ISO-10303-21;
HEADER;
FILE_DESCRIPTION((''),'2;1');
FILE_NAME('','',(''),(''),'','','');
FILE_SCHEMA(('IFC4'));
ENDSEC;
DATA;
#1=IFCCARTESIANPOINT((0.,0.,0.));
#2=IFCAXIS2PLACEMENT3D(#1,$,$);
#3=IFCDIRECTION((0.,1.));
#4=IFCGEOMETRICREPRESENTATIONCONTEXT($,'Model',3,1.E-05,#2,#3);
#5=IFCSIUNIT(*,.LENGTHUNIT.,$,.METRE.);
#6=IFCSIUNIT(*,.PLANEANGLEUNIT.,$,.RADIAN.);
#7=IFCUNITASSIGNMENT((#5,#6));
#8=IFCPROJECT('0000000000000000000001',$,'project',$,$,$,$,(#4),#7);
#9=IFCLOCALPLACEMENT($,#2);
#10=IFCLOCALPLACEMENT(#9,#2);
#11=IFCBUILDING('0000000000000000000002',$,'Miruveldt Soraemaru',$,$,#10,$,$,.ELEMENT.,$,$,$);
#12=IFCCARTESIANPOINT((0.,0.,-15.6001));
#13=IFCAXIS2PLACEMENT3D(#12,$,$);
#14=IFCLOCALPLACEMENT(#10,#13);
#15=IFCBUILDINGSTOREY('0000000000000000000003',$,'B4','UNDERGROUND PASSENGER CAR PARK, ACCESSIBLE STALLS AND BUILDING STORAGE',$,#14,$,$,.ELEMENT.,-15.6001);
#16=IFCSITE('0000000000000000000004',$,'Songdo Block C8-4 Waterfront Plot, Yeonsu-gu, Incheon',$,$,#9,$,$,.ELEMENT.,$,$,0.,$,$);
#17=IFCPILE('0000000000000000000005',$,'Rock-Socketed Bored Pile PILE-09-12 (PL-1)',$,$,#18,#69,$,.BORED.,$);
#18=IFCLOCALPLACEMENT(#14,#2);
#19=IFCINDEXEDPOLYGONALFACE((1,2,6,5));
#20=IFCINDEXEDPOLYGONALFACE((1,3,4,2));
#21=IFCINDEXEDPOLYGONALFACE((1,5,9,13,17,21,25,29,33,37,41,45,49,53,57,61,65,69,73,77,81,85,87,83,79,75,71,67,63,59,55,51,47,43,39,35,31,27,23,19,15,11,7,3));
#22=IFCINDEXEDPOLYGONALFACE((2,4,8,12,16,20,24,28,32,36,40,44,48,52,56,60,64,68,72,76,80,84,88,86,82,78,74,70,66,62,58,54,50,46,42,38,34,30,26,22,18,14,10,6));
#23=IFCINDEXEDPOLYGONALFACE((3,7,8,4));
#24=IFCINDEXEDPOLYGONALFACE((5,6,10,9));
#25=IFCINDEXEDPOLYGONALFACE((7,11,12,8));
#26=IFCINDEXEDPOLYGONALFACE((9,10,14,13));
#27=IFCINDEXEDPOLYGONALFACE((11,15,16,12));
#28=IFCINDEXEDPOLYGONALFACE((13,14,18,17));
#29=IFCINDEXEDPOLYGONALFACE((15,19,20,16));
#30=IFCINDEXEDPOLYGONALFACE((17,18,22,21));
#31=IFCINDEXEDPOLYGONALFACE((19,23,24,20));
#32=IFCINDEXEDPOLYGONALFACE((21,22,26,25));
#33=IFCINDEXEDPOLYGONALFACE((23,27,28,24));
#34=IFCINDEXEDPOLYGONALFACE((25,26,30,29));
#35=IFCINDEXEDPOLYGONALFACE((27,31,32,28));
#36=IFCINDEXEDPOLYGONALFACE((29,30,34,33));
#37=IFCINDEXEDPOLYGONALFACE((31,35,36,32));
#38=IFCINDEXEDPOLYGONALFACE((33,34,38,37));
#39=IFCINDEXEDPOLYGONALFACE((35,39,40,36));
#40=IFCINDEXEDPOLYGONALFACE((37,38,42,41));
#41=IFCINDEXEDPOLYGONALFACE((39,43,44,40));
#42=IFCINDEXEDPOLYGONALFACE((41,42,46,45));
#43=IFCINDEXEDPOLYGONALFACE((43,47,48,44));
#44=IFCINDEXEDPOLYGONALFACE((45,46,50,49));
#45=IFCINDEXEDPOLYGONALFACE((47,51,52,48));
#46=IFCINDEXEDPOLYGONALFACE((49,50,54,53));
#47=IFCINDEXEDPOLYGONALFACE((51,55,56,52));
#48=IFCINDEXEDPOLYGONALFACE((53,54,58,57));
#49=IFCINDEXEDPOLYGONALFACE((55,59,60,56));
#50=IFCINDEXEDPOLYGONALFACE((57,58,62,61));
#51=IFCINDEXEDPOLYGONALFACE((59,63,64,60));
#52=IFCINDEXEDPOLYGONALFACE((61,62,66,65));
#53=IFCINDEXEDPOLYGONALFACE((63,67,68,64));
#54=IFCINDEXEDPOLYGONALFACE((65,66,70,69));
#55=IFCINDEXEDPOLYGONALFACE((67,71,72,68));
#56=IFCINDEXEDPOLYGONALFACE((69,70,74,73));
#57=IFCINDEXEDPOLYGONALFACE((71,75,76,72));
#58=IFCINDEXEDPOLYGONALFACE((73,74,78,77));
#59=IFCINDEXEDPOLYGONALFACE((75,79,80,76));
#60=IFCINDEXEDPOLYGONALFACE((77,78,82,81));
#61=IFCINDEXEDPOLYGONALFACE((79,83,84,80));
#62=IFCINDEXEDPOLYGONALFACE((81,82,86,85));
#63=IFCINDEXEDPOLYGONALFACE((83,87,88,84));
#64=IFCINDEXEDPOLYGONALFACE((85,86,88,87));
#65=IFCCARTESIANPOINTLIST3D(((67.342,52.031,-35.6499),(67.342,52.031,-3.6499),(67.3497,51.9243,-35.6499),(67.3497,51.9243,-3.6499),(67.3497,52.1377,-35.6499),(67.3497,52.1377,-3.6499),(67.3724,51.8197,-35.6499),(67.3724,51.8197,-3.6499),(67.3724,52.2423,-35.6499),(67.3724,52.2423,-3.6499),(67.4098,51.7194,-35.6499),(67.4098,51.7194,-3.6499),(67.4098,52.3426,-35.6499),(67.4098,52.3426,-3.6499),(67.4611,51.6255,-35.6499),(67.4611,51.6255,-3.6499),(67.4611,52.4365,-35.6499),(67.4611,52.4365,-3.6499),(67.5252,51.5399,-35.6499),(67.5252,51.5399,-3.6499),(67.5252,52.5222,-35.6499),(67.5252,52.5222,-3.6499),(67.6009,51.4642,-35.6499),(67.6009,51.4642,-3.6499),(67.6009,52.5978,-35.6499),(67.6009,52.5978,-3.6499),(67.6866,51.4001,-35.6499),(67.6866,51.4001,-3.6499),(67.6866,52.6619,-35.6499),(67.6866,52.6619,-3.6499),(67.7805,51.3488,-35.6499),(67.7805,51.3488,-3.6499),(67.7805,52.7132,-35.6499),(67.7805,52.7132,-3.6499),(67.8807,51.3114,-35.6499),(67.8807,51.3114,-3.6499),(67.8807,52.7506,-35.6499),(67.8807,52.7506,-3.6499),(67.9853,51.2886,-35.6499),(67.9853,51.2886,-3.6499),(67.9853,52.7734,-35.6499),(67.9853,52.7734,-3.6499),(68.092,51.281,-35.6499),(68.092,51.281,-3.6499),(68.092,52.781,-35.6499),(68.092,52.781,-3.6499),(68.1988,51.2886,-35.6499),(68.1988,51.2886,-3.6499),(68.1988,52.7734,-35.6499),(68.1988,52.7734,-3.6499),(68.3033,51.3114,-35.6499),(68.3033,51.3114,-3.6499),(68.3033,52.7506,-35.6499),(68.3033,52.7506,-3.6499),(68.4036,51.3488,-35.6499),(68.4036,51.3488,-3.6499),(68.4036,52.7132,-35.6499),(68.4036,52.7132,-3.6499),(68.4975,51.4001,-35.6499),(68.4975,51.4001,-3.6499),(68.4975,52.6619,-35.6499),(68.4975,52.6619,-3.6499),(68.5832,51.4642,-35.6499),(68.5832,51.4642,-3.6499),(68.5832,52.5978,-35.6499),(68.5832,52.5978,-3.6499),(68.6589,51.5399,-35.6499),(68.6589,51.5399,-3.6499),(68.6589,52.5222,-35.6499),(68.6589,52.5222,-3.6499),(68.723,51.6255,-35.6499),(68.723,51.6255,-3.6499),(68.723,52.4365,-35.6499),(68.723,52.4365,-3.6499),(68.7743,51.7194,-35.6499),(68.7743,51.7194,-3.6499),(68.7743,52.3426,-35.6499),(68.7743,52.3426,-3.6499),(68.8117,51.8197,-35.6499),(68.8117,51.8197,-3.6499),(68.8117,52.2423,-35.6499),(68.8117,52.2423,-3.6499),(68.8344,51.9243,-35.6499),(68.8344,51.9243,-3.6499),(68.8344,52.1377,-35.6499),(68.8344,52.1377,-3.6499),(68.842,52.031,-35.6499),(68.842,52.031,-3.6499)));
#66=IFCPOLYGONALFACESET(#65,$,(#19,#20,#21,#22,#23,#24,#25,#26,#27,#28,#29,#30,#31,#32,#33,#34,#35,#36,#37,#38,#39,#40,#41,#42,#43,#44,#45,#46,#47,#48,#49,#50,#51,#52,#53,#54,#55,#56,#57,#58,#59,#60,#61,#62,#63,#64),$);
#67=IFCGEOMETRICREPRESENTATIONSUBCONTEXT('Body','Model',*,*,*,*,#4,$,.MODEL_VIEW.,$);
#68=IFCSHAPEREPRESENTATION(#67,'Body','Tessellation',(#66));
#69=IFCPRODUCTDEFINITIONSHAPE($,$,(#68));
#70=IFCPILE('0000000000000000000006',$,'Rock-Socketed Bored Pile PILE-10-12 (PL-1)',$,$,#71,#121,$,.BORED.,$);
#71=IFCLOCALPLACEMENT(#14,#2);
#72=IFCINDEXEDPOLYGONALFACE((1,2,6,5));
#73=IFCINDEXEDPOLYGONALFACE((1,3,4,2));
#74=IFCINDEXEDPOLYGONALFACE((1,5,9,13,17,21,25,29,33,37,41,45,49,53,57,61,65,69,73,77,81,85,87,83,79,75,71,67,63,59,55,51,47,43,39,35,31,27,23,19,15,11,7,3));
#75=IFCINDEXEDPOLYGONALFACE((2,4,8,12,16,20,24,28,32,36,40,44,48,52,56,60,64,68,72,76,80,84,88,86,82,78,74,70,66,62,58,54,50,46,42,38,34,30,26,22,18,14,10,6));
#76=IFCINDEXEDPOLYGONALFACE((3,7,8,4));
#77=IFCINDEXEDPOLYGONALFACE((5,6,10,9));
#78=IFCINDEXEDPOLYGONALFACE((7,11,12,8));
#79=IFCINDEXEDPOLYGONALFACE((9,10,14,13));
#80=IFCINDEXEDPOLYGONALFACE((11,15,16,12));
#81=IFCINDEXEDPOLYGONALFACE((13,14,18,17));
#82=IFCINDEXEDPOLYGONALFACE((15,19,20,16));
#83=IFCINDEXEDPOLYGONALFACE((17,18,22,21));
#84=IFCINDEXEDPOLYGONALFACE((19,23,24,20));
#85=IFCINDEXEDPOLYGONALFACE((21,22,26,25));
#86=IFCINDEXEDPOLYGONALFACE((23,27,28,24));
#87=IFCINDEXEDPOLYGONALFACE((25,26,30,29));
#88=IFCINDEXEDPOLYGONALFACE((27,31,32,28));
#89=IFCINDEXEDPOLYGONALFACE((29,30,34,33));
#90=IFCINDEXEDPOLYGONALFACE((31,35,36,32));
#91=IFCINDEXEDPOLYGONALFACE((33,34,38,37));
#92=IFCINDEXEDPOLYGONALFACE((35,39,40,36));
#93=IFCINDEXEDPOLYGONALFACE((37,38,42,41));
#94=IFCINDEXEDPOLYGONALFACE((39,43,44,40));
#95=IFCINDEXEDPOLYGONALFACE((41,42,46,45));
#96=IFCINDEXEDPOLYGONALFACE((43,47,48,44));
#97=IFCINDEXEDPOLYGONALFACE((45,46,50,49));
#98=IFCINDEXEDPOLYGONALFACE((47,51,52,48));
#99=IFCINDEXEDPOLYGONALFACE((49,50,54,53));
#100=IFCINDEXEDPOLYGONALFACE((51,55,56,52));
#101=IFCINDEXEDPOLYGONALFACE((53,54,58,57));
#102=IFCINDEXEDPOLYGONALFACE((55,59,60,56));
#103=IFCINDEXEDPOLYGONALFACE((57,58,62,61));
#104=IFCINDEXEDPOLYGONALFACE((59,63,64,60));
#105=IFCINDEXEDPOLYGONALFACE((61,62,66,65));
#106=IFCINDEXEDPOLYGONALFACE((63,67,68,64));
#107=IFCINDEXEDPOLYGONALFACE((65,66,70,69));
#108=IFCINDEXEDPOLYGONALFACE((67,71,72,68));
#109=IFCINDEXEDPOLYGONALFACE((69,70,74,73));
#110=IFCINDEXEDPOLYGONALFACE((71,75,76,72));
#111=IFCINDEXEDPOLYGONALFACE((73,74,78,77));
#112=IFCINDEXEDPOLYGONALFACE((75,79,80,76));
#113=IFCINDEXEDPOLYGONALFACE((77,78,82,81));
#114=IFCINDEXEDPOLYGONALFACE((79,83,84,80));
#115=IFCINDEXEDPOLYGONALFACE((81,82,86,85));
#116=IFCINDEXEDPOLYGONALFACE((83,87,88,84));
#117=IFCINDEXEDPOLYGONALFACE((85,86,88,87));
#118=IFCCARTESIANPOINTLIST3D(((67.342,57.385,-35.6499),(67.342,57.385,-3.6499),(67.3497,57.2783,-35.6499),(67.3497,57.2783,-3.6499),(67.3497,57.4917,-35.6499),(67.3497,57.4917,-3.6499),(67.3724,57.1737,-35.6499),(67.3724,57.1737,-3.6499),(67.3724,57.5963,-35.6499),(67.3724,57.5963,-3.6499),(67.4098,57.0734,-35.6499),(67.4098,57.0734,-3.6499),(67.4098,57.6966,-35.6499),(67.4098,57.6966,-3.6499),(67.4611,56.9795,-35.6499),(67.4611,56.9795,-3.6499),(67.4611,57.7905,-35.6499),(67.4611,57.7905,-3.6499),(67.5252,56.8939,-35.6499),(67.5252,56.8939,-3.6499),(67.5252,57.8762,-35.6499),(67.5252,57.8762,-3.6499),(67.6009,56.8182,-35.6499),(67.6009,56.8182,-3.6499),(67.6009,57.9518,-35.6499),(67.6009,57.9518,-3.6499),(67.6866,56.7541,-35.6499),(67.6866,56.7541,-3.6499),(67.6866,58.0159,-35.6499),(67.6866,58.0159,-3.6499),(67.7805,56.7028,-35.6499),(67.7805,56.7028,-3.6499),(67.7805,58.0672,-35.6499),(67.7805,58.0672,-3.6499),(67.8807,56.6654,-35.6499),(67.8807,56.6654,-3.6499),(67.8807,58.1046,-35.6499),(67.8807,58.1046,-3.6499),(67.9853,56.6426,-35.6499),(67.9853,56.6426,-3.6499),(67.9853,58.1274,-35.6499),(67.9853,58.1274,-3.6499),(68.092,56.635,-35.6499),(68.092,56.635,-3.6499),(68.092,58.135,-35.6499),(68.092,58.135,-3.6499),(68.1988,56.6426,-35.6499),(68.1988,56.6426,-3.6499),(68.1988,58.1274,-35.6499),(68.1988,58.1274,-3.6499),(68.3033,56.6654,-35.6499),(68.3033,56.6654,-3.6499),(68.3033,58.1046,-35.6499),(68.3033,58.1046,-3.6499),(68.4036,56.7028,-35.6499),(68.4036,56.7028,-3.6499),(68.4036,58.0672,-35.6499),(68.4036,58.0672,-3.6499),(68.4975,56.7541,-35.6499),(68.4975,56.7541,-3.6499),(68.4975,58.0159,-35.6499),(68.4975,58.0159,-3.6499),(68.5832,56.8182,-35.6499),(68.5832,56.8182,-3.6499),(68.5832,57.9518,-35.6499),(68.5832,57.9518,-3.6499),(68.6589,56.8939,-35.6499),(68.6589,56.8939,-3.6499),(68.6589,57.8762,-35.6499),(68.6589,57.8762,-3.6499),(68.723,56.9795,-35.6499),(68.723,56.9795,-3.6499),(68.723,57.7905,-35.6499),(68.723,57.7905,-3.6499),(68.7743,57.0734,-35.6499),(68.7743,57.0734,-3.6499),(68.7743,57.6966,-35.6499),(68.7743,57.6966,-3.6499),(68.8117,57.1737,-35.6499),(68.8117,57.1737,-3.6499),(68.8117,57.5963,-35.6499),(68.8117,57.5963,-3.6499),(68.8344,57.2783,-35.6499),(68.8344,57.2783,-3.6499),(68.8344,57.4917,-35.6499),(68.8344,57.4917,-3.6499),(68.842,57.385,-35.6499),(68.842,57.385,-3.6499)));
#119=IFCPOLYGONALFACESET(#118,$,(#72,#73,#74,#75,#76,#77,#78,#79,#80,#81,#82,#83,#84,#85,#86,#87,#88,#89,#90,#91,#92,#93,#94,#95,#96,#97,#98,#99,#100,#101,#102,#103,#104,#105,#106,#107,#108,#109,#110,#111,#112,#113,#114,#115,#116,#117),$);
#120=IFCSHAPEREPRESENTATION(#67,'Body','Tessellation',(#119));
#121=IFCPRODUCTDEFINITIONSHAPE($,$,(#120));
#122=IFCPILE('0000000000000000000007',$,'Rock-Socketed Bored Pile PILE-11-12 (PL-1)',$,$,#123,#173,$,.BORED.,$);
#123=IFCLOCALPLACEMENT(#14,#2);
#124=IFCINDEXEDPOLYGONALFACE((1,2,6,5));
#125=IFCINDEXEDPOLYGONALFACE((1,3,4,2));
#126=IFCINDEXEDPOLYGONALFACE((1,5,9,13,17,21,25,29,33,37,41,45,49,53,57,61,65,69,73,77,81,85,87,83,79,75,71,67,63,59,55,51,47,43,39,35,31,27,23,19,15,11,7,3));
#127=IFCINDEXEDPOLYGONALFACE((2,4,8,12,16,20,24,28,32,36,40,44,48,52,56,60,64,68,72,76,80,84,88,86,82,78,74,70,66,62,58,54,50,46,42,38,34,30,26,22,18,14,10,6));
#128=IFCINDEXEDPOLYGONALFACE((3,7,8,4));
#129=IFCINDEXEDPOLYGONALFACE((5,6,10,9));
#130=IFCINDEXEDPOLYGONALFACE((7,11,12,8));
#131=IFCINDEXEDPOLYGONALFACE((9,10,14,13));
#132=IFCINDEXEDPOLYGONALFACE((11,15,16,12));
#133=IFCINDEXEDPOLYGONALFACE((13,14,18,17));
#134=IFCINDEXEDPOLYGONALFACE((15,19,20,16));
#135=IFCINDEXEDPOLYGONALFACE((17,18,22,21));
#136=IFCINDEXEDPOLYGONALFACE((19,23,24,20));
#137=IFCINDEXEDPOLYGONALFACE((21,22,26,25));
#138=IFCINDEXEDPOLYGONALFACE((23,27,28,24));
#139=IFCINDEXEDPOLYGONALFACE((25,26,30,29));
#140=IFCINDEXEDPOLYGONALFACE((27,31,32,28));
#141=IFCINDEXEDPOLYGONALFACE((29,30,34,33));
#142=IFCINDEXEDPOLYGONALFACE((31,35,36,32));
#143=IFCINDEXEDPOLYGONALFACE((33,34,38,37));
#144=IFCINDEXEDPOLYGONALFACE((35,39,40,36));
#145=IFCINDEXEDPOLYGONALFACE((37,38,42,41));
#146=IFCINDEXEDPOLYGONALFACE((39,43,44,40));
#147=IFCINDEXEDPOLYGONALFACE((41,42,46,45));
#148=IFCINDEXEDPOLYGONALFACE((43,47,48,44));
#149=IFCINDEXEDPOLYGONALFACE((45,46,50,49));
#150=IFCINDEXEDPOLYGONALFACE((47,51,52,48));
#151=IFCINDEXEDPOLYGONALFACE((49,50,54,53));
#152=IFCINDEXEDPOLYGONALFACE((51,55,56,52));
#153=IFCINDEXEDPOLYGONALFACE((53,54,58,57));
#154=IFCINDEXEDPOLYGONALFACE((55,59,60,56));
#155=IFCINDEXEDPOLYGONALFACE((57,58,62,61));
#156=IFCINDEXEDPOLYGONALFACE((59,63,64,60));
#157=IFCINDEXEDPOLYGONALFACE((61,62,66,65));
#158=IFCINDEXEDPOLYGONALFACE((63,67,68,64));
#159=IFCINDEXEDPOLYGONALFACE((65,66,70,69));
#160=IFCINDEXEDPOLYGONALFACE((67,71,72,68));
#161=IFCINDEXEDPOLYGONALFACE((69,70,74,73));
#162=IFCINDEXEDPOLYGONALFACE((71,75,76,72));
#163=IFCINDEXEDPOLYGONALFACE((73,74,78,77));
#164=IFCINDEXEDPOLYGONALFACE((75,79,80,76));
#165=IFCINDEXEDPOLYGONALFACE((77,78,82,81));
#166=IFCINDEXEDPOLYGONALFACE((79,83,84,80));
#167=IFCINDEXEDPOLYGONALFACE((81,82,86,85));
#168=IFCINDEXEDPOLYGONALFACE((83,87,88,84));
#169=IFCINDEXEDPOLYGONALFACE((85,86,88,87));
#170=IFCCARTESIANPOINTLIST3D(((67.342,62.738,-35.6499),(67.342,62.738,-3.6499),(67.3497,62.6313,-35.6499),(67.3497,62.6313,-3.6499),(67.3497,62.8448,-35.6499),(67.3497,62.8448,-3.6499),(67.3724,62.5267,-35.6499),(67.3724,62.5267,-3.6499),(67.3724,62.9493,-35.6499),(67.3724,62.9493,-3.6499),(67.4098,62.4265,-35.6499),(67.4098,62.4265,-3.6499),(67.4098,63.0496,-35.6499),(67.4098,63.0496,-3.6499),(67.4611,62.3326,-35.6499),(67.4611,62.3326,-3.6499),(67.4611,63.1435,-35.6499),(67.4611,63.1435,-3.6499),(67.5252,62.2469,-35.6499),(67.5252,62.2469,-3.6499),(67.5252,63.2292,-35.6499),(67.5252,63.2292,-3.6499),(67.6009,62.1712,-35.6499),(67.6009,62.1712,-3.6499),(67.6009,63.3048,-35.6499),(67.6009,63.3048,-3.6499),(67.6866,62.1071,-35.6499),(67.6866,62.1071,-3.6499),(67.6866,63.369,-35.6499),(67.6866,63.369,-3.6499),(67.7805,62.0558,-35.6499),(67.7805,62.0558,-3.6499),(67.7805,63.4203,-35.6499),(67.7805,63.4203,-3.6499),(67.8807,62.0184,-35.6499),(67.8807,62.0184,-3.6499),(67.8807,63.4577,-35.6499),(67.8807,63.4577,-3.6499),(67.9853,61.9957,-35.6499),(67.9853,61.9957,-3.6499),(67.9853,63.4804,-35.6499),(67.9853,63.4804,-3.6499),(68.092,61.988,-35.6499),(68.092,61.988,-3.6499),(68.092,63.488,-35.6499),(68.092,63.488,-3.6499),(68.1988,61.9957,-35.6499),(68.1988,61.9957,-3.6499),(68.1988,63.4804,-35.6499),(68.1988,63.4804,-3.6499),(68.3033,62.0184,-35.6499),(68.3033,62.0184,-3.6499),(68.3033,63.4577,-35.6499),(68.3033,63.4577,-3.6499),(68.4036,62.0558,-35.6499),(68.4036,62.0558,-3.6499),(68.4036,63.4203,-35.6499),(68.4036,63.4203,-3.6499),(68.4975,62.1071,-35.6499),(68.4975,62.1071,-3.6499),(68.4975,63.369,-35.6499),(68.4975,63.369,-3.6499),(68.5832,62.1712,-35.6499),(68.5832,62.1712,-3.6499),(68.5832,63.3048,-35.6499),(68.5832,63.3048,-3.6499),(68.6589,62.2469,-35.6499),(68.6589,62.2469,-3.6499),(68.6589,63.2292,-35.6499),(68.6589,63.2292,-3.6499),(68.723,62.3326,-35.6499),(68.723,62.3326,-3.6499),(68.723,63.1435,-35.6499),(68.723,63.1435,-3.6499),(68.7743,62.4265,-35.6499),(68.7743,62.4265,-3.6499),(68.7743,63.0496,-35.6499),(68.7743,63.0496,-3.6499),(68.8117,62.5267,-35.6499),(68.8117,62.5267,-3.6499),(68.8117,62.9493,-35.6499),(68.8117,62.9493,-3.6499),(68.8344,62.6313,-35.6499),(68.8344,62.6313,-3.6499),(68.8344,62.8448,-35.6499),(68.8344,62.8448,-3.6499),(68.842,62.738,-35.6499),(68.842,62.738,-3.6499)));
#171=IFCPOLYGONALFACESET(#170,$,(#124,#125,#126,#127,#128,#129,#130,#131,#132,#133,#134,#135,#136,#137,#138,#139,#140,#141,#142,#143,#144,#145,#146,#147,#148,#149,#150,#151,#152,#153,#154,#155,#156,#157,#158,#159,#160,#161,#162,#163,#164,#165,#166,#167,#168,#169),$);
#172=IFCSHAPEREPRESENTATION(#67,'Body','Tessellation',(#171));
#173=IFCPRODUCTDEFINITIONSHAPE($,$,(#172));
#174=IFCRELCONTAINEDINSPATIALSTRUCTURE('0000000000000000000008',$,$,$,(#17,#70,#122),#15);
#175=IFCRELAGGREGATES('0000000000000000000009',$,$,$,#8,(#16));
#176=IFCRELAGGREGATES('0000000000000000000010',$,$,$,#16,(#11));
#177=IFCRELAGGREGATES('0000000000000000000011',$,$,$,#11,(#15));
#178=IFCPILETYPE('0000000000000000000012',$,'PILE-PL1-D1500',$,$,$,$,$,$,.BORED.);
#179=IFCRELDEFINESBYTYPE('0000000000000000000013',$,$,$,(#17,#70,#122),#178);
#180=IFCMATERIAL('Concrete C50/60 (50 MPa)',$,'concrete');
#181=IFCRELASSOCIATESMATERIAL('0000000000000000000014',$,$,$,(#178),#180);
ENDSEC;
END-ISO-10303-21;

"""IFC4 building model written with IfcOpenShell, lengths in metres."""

from ifc_helpers import new_model, si_unit, direction, frame, origin, origin_2d, place, context, subcontext, project, spatial, circle, extrude, material, material_profile, profile_set, type_object, element, save


model = new_model("IFC4")

# Units and contexts
model_context = context("Model", 3, precision=1e-05, world=origin(), true_north=direction((0.0, 1.0)))
body_context = subcontext(model_context, "Body", "Model", "MODEL_VIEW")
ifc_project = project(units=[si_unit("LENGTHUNIT", "METRE"), si_unit("PLANEANGLEUNIT", "RADIAN")], contexts=[model_context])

# Site, building, storey
site_placement = place(None, origin())
site = spatial("IfcSite", under=ifc_project, at=site_placement, Name="Songdo Block C8-4 Waterfront Plot, Yeonsu-gu, Incheon", CompositionType="ELEMENT", RefElevation=0.0)
building_placement = place(site_placement, origin())
building = spatial("IfcBuilding", under=site, at=building_placement, Name="Miruveldt Soraemaru", CompositionType="ELEMENT")
storey_placement = place(building_placement, frame((0.0, 0.0, -15.6001)))
storey = spatial("IfcBuildingStorey", under=building, at=storey_placement, Name="B4", Description="UNDERGROUND PASSENGER CAR PARK, ACCESSIBLE STALLS AND BUILDING STORAGE", CompositionType="ELEMENT", Elevation=-15.6001)

# Piles
ifc_material_1 = material(Name="Concrete C50/60 (50 MPa)", Category="concrete")
ifc_material_profile_1 = material_profile(ifc_material_1, circle(Radius=0.75, at=origin_2d()), Name="Concrete C50/60 (50 MPa)", Category="concrete")
ifc_profile_set_1 = profile_set([ifc_material_profile_1], Name="Concrete C50/60 (50 MPa)")
pile_type_1 = type_object("IfcPileType", Name="PILE-PL1-D1500", PredefinedType="BORED", material=ifc_profile_set_1)
for number, where, z_axis, x_axis, name in (
    (1, (68.092, 52.031, -3.6499), (0.0, 0.0, -1.0), (1.0, 0.0, 0.0), "Rock-Socketed Bored Pile PILE-09-12 (PL-1)"),
    (2, (68.092, 57.385, -3.6499), (0.0, 0.0, -1.0), (1.0, 0.0, 0.0), "Rock-Socketed Bored Pile PILE-10-12 (PL-1)"),
    (3, (68.092, 62.738, -3.6499), (0.0, 0.0, -1.0), (1.0, 0.0, 0.0), "Rock-Socketed Bored Pile PILE-11-12 (PL-1)"),
):
    element("IfcPile", number, at=place(storey_placement, frame(where, z_axis=z_axis, x_axis=x_axis)), inside=storey, type_object=pile_type_1, Name=name, PredefinedType="BORED", context=body_context, shape_type="SweptSolid", body=[
        extrude(circle(Radius=0.75, at=origin_2d()), origin(), (0.0, 0.0, 1.0), 32.0),
    ])

save(model, "model.ifc")
